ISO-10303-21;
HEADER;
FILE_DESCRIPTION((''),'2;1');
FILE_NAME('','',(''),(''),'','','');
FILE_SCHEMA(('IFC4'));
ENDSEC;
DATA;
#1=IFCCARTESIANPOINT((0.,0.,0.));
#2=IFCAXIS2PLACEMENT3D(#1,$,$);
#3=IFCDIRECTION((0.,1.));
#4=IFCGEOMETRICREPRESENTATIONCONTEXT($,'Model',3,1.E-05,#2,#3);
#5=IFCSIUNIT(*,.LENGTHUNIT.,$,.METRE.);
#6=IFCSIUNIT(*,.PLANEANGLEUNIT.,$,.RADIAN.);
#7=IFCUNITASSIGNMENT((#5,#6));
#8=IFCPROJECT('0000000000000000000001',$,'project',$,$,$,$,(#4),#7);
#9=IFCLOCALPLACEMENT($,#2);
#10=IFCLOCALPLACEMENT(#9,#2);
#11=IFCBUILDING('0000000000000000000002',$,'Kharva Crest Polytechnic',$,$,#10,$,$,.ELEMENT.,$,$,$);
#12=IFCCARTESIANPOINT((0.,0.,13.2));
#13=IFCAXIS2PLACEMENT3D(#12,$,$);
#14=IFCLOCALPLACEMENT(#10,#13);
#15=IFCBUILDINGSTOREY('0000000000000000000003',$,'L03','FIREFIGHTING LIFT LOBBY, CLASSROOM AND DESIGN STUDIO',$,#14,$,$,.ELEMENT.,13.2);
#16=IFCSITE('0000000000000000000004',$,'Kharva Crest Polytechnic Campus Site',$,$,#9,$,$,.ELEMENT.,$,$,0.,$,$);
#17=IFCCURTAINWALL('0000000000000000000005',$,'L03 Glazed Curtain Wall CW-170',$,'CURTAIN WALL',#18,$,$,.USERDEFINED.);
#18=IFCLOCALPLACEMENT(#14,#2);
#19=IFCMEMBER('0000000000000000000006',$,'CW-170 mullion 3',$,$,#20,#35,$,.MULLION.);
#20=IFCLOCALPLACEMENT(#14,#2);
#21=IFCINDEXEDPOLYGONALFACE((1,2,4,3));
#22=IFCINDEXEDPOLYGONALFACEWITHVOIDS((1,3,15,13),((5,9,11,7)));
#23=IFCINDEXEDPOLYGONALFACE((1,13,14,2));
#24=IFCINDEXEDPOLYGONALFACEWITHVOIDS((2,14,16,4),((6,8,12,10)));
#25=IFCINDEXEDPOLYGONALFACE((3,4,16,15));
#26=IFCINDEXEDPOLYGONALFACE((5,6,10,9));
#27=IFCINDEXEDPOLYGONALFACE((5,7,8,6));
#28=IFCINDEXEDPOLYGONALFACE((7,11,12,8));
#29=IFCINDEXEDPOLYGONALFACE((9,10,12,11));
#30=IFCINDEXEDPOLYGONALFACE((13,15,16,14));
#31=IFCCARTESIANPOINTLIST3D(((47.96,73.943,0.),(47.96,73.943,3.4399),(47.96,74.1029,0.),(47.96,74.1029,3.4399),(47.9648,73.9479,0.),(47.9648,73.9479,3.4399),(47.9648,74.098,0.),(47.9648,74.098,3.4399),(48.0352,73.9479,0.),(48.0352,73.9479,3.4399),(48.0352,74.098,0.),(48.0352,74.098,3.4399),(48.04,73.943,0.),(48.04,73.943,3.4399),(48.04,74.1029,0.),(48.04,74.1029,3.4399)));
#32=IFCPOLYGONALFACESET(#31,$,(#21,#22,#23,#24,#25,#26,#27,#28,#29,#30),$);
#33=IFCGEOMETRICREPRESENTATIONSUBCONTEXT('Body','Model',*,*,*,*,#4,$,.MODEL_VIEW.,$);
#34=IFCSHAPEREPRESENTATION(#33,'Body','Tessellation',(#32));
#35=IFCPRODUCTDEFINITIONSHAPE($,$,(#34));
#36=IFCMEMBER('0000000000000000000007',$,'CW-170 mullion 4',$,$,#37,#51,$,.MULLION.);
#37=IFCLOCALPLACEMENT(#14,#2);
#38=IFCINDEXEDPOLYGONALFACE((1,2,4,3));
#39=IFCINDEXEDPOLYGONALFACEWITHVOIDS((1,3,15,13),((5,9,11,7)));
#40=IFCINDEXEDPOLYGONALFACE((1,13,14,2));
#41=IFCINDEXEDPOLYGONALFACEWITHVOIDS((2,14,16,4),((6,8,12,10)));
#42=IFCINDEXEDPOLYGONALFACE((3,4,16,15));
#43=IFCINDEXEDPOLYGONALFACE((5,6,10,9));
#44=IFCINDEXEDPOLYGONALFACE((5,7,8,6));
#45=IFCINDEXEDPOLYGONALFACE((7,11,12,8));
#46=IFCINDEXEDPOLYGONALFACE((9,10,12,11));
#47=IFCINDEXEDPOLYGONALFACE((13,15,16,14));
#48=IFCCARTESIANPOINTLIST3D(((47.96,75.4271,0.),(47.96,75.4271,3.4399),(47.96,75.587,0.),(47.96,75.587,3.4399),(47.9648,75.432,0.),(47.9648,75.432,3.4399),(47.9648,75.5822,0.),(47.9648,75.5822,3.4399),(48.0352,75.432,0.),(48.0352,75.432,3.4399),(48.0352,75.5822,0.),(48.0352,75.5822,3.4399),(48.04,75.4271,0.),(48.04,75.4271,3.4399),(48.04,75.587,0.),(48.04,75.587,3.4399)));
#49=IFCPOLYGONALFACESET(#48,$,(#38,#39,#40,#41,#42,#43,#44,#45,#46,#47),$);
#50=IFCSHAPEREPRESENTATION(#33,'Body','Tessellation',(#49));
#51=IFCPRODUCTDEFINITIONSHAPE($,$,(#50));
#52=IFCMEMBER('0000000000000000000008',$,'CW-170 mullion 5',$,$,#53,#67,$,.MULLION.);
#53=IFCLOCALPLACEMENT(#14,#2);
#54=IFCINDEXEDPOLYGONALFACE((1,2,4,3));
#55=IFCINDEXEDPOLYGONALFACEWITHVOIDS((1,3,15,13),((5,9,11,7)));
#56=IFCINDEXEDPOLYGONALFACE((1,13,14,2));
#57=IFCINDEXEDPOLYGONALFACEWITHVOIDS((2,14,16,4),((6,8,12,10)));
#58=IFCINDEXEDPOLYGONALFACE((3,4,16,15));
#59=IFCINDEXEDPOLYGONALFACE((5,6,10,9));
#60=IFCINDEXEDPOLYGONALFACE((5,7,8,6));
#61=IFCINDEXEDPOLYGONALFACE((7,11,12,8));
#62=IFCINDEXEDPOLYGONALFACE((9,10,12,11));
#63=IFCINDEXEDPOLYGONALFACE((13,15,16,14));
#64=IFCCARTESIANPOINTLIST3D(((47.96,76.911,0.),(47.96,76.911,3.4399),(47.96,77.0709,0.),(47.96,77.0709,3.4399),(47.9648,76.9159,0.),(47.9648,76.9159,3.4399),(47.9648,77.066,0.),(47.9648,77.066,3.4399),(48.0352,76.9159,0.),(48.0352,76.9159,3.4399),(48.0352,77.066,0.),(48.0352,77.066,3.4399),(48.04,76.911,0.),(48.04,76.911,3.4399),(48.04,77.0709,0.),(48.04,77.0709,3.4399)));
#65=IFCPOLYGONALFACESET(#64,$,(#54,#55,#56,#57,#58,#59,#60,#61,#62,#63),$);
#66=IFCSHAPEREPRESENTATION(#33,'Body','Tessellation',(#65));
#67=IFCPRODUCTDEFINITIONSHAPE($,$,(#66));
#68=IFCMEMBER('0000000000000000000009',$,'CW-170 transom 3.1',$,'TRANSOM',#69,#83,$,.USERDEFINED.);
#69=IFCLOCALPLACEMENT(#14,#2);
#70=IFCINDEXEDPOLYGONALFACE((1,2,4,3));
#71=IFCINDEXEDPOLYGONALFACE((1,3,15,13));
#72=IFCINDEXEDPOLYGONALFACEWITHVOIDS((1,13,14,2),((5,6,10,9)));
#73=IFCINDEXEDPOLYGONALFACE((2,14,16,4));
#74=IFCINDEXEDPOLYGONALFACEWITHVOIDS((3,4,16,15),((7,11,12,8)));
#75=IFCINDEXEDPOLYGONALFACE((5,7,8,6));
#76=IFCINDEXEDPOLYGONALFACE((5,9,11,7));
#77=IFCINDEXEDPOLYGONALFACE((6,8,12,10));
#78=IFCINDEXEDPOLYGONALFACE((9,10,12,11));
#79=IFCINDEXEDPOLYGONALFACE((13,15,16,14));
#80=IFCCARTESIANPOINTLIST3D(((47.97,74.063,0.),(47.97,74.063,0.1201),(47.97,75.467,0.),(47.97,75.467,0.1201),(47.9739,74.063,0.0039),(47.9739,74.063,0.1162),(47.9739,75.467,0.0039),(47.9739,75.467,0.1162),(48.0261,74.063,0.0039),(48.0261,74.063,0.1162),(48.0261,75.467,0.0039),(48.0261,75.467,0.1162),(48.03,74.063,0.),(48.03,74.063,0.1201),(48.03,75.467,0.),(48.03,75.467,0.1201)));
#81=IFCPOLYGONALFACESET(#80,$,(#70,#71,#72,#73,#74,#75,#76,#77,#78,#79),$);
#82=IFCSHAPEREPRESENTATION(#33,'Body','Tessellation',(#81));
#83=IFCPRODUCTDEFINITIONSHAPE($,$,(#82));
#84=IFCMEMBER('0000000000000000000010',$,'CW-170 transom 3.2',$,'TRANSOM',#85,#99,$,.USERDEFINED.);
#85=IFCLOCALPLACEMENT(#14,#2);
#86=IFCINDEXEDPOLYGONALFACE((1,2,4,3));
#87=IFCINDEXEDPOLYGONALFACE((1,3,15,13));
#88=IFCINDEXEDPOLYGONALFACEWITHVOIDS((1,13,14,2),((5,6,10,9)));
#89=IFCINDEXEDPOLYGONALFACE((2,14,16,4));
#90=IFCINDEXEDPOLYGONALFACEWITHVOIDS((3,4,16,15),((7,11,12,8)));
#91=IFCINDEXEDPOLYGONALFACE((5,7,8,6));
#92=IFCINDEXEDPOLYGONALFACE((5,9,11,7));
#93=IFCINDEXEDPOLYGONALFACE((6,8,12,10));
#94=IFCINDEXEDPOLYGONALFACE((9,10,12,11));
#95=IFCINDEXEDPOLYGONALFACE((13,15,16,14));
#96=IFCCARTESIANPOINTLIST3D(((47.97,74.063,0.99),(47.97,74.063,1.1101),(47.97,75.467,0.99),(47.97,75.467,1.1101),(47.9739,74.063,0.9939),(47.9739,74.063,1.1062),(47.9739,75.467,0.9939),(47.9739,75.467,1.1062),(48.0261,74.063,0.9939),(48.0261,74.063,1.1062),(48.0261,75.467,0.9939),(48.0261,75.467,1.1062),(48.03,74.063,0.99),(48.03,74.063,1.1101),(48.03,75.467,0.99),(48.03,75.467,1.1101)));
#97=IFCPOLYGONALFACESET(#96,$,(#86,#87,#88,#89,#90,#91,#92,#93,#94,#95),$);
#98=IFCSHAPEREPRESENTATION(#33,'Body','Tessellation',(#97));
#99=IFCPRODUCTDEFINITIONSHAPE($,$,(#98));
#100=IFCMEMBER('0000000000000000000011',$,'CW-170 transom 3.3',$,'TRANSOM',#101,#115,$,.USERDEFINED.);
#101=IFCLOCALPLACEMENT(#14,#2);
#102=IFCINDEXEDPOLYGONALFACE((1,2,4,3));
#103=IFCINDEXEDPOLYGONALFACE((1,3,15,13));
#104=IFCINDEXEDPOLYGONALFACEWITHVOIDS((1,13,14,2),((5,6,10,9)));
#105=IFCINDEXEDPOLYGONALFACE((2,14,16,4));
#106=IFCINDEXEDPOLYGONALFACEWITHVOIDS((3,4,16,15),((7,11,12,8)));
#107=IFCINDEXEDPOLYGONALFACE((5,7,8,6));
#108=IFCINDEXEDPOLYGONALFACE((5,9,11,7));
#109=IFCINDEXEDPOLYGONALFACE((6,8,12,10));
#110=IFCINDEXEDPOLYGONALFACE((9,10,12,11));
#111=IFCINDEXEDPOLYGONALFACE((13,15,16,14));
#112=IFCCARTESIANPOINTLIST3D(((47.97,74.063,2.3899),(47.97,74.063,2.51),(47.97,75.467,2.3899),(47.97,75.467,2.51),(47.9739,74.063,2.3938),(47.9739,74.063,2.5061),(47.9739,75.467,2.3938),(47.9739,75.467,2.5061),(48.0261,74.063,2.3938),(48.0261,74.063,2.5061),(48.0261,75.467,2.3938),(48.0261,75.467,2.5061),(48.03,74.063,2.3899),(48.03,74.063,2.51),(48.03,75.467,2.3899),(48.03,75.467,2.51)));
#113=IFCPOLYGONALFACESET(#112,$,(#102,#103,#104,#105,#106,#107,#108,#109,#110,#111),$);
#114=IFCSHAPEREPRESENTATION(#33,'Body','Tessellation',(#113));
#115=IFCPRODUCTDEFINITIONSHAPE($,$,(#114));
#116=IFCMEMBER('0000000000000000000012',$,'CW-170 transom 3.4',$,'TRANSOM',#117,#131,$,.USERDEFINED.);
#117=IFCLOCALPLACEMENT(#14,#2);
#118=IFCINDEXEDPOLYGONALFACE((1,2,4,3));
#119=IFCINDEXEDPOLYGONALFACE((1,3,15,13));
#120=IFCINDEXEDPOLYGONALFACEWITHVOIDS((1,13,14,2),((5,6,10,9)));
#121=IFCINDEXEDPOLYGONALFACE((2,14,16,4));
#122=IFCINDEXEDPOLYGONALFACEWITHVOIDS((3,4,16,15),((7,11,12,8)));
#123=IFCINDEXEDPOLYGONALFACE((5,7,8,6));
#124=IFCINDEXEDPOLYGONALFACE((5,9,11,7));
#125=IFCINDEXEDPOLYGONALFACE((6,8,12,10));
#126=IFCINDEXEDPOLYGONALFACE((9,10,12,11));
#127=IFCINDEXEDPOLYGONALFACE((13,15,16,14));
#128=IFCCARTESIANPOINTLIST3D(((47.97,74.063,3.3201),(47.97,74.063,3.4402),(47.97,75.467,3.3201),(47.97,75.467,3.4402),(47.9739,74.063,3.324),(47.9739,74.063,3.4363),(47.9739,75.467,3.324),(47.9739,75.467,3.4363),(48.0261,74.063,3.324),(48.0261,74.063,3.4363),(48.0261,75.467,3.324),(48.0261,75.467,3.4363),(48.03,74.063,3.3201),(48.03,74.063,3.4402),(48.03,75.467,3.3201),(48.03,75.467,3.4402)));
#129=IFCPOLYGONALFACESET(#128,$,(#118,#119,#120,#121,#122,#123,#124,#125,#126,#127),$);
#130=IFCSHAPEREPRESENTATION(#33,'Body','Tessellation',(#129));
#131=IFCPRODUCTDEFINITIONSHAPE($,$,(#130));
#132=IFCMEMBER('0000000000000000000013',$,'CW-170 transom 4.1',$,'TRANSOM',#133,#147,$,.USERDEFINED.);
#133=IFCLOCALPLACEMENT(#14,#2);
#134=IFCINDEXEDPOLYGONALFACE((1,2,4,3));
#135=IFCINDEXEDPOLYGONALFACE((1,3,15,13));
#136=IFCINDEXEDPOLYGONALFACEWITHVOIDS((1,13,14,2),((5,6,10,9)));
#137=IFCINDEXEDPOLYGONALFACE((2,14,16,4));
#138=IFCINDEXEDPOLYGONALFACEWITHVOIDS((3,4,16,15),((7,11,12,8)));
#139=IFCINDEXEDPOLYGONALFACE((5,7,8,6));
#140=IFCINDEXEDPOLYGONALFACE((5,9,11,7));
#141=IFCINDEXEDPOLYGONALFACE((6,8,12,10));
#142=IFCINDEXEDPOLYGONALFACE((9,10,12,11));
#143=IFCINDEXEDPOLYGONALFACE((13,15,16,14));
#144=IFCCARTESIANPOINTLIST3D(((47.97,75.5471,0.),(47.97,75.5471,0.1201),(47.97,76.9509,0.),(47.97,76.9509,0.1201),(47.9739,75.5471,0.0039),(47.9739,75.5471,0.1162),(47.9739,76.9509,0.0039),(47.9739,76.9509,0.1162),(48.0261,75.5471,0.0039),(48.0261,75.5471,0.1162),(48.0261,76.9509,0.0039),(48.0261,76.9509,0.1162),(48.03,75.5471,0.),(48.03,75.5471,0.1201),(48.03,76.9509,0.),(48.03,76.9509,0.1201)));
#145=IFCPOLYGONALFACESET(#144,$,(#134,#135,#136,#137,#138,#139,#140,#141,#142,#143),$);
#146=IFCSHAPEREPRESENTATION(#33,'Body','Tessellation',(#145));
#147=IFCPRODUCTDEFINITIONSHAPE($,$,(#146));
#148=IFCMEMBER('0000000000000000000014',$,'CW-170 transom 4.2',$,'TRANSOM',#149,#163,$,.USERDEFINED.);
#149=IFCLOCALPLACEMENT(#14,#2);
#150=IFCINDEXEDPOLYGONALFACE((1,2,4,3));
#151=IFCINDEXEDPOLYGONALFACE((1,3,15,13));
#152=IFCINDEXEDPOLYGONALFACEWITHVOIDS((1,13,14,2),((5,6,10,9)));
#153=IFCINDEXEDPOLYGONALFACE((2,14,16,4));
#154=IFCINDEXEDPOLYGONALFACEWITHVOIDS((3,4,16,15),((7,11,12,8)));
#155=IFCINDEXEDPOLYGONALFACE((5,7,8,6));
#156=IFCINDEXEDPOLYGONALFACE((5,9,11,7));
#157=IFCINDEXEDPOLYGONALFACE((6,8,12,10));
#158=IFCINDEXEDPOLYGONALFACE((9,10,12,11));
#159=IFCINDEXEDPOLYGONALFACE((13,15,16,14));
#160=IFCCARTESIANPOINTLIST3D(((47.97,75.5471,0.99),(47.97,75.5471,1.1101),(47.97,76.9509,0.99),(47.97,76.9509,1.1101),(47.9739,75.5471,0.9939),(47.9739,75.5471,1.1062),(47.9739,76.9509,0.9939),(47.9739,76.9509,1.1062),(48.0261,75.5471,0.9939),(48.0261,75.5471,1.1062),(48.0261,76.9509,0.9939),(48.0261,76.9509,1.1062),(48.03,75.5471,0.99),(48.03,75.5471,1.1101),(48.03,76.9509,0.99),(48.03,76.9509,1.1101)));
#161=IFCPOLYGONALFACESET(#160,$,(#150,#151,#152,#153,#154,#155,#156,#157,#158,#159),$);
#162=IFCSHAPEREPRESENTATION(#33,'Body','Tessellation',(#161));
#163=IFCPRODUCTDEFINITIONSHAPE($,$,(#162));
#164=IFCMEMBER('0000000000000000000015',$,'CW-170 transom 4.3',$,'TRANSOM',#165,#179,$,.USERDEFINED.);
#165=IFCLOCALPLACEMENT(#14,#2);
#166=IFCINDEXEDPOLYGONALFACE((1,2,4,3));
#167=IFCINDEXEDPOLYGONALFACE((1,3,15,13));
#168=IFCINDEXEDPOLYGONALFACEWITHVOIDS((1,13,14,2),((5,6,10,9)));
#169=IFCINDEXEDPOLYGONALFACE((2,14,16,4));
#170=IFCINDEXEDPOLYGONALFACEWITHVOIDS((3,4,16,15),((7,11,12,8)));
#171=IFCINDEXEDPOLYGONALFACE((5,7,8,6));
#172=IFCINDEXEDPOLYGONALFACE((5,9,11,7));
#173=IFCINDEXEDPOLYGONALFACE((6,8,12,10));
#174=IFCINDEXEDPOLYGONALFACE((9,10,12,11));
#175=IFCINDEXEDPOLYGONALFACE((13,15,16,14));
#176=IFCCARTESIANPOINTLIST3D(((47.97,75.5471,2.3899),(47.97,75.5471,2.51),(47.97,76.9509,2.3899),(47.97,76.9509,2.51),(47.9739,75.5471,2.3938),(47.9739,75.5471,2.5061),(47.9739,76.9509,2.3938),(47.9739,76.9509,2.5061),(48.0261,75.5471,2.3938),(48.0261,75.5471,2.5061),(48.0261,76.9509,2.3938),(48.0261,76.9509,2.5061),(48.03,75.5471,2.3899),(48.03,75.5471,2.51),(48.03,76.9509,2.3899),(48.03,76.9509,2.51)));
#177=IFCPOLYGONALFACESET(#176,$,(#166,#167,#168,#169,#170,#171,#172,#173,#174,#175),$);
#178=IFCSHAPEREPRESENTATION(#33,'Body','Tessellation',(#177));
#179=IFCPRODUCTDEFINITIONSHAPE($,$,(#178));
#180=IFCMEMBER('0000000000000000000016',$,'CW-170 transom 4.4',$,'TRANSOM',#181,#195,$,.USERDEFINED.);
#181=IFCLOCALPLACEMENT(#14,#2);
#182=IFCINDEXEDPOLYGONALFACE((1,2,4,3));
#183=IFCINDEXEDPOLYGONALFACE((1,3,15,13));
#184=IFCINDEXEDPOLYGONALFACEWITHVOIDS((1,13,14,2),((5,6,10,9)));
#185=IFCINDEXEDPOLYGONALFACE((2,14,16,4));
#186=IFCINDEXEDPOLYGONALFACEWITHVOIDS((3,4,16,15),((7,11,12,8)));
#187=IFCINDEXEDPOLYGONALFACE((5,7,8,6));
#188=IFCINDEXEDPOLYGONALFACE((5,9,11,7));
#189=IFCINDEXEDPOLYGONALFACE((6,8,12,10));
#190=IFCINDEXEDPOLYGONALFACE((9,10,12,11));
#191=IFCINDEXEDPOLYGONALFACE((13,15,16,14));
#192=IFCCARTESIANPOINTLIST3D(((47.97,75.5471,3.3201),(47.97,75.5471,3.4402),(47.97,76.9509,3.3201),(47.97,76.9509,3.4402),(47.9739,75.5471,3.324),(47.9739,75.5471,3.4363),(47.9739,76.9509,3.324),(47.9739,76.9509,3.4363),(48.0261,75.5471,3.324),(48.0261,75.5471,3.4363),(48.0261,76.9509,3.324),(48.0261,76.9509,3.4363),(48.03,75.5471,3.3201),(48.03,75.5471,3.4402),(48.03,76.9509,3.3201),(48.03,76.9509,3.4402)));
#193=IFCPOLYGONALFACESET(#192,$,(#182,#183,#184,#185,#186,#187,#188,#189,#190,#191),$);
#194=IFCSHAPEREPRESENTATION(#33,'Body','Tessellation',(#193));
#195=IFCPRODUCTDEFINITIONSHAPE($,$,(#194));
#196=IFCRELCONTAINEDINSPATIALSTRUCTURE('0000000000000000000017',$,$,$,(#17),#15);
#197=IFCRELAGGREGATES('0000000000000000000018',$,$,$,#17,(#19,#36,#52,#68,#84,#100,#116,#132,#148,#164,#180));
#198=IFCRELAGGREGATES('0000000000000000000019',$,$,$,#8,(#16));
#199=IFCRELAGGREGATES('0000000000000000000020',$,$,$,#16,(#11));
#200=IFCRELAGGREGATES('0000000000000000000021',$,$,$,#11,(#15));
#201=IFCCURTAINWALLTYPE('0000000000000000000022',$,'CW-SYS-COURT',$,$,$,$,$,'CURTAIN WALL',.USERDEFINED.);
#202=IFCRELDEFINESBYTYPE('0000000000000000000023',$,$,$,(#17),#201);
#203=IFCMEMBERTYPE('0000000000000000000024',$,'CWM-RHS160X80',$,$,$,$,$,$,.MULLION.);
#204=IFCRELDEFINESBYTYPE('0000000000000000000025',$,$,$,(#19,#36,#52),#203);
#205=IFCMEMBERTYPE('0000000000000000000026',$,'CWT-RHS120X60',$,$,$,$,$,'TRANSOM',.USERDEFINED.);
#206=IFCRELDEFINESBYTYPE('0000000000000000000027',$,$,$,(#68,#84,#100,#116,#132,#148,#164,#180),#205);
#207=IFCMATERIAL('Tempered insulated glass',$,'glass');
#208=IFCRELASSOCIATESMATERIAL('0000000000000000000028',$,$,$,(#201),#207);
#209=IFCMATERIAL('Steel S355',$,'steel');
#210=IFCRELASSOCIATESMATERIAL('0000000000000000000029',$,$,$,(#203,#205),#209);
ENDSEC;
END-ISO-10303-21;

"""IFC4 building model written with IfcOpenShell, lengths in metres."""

from ifc_helpers import new_model, si_unit, direction, frame, origin, origin_2d, place, context, subcontext, project, spatial, hollow_rectangle, extrude, material, material_profile, profile_set, type_object, element, aggregate, save


model = new_model("IFC4")

# Units and contexts
model_context = context("Model", 3, precision=1e-05, world=origin(), true_north=direction((0.0, 1.0)))
body_context = subcontext(model_context, "Body", "Model", "MODEL_VIEW")
ifc_project = project(units=[si_unit("LENGTHUNIT", "METRE"), si_unit("PLANEANGLEUNIT", "RADIAN")], contexts=[model_context])

# Site, building, storey
site_placement = place(None, origin())
site = spatial("IfcSite", under=ifc_project, at=site_placement, Name="Kharva Crest Polytechnic Campus Site", CompositionType="ELEMENT", RefElevation=0.0)
building_placement = place(site_placement, origin())
building = spatial("IfcBuilding", under=site, at=building_placement, Name="Kharva Crest Polytechnic", CompositionType="ELEMENT")
storey_placement = place(building_placement, frame((0.0, 0.0, 13.2)))
storey = spatial("IfcBuildingStorey", under=building, at=storey_placement, Name="L03", Description="FIREFIGHTING LIFT LOBBY, CLASSROOM AND DESIGN STUDIO", CompositionType="ELEMENT", Elevation=13.2)

# Curtain wall, members
ifc_material_1 = material(Name="Tempered insulated glass", Category="glass")
curtain_wall_type = type_object("IfcCurtainWallType", Name="CW-SYS-COURT", ElementType="CURTAIN WALL", PredefinedType="USERDEFINED", material=ifc_material_1)
curtain_wall_placement = place(storey_placement, origin())
curtain_wall = element("IfcCurtainWall", 1, at=curtain_wall_placement, inside=storey, type_object=curtain_wall_type, Name="L03 Glazed Curtain Wall CW-170", ObjectType="CURTAIN WALL", PredefinedType="USERDEFINED")
ifc_material_2 = material(Name="Steel S355", Category="steel")
ifc_material_profile_1 = material_profile(ifc_material_2, hollow_rectangle(XDim=0.0801, YDim=0.1599, WallThickness=0.0049, at=origin_2d()), Name="RHS 160X80X5.0")
ifc_profile_set_1 = profile_set([ifc_material_profile_1], Name="Steel S355")
member_type_1 = type_object("IfcMemberType", Name="CWM-RHS160X80", PredefinedType="MULLION", material=ifc_profile_set_1)
member_1_placement = place(storey_placement, frame((48.0, 74.0229, 0.0), z_axis=(0.0, 0.0, 1.0), x_axis=(-1.0, 0.0, 0.0)))
member_1 = element("IfcMember", 2, at=member_1_placement, type_object=member_type_1, Name="CW-170 mullion 3", PredefinedType="MULLION", context=body_context, shape_type="SweptSolid", body=[
    extrude(hollow_rectangle(XDim=0.0801, YDim=0.1599, WallThickness=0.0049, at=origin_2d()), origin(), (0.0, 0.0, 1.0), 3.4399),
])
member_2_placement = place(storey_placement, frame((48.0, 75.5071, 0.0), z_axis=(0.0, 0.0, 1.0), x_axis=(-1.0, 0.0, 0.0)))
member_2 = element("IfcMember", 3, at=member_2_placement, type_object=member_type_1, Name="CW-170 mullion 4", PredefinedType="MULLION", context=body_context, shape_type="SweptSolid", body=[
    extrude(hollow_rectangle(XDim=0.0801, YDim=0.1599, WallThickness=0.0049, at=origin_2d()), origin(), (0.0, 0.0, 1.0), 3.4399),
])
member_3_placement = place(storey_placement, frame((48.0, 76.991, 0.0), z_axis=(0.0, 0.0, 1.0), x_axis=(-1.0, 0.0, 0.0)))
member_3 = element("IfcMember", 4, at=member_3_placement, type_object=member_type_1, Name="CW-170 mullion 5", PredefinedType="MULLION", context=body_context, shape_type="SweptSolid", body=[
    extrude(hollow_rectangle(XDim=0.0801, YDim=0.1599, WallThickness=0.0049, at=origin_2d()), origin(), (0.0, 0.0, 1.0), 3.4399),
])
ifc_material_profile_2 = material_profile(ifc_material_2, hollow_rectangle(XDim=0.0601, YDim=0.1201, WallThickness=0.0039, at=origin_2d()), Name="RHS 120X60X4.0")
ifc_profile_set_2 = profile_set([ifc_material_profile_2], Name="Steel S355")
member_type_2 = type_object("IfcMemberType", Name="CWT-RHS120X60", ElementType="TRANSOM", PredefinedType="USERDEFINED", material=ifc_profile_set_2)
member_4_placement = place(storey_placement, frame((48.0, 74.063, 0.0601), z_axis=(0.0, 1.0, 0.0), x_axis=(-1.0, 0.0, 0.0)))
member_4 = element("IfcMember", 5, at=member_4_placement, type_object=member_type_2, Name="CW-170 transom 3.1", ObjectType="TRANSOM", PredefinedType="USERDEFINED", context=body_context, shape_type="SweptSolid", body=[
    extrude(hollow_rectangle(XDim=0.0601, YDim=0.1201, WallThickness=0.0039, at=origin_2d()), origin(), (0.0, 0.0, 1.0), 1.4041),
])
member_5_placement = place(storey_placement, frame((48.0, 74.063, 1.05), z_axis=(0.0, 1.0, 0.0), x_axis=(-1.0, 0.0, 0.0)))
member_5 = element("IfcMember", 6, at=member_5_placement, type_object=member_type_2, Name="CW-170 transom 3.2", ObjectType="TRANSOM", PredefinedType="USERDEFINED", context=body_context, shape_type="SweptSolid", body=[
    extrude(hollow_rectangle(XDim=0.0601, YDim=0.1201, WallThickness=0.0039, at=origin_2d()), origin(), (0.0, 0.0, 1.0), 1.4041),
])
member_6_placement = place(storey_placement, frame((48.0, 74.063, 2.45), z_axis=(0.0, 1.0, 0.0), x_axis=(-1.0, 0.0, 0.0)))
member_6 = element("IfcMember", 7, at=member_6_placement, type_object=member_type_2, Name="CW-170 transom 3.3", ObjectType="TRANSOM", PredefinedType="USERDEFINED", context=body_context, shape_type="SweptSolid", body=[
    extrude(hollow_rectangle(XDim=0.0601, YDim=0.1201, WallThickness=0.0039, at=origin_2d()), origin(), (0.0, 0.0, 1.0), 1.4041),
])
member_7_placement = place(storey_placement, frame((48.0, 74.063, 3.3801), z_axis=(0.0, 1.0, 0.0), x_axis=(-1.0, 0.0, 0.0)))
member_7 = element("IfcMember", 8, at=member_7_placement, type_object=member_type_2, Name="CW-170 transom 3.4", ObjectType="TRANSOM", PredefinedType="USERDEFINED", context=body_context, shape_type="SweptSolid", body=[
    extrude(hollow_rectangle(XDim=0.0601, YDim=0.1201, WallThickness=0.0039, at=origin_2d()), origin(), (0.0, 0.0, 1.0), 1.4041),
])
member_8_placement = place(storey_placement, frame((48.0, 75.5471, 0.0601), z_axis=(0.0, 1.0, 0.0), x_axis=(-1.0, 0.0, 0.0)))
member_8 = element("IfcMember", 9, at=member_8_placement, type_object=member_type_2, Name="CW-170 transom 4.1", ObjectType="TRANSOM", PredefinedType="USERDEFINED", context=body_context, shape_type="SweptSolid", body=[
    extrude(hollow_rectangle(XDim=0.0601, YDim=0.1201, WallThickness=0.0039, at=origin_2d()), origin(), (0.0, 0.0, 1.0), 1.4038),
])
member_9_placement = place(storey_placement, frame((48.0, 75.5471, 1.05), z_axis=(0.0, 1.0, 0.0), x_axis=(-1.0, 0.0, 0.0)))
member_9 = element("IfcMember", 10, at=member_9_placement, type_object=member_type_2, Name="CW-170 transom 4.2", ObjectType="TRANSOM", PredefinedType="USERDEFINED", context=body_context, shape_type="SweptSolid", body=[
    extrude(hollow_rectangle(XDim=0.0601, YDim=0.1201, WallThickness=0.0039, at=origin_2d()), origin(), (0.0, 0.0, 1.0), 1.4038),
])
member_10_placement = place(storey_placement, frame((48.0, 75.5471, 2.45), z_axis=(0.0, 1.0, 0.0), x_axis=(-1.0, 0.0, 0.0)))
member_10 = element("IfcMember", 11, at=member_10_placement, type_object=member_type_2, Name="CW-170 transom 4.3", ObjectType="TRANSOM", PredefinedType="USERDEFINED", context=body_context, shape_type="SweptSolid", body=[
    extrude(hollow_rectangle(XDim=0.0601, YDim=0.1201, WallThickness=0.0039, at=origin_2d()), origin(), (0.0, 0.0, 1.0), 1.4038),
])
member_11_placement = place(storey_placement, frame((48.0, 75.5471, 3.3801), z_axis=(0.0, 1.0, 0.0), x_axis=(-1.0, 0.0, 0.0)))
member_11 = element("IfcMember", 12, at=member_11_placement, type_object=member_type_2, Name="CW-170 transom 4.4", ObjectType="TRANSOM", PredefinedType="USERDEFINED", context=body_context, shape_type="SweptSolid", body=[
    extrude(hollow_rectangle(XDim=0.0601, YDim=0.1201, WallThickness=0.0039, at=origin_2d()), origin(), (0.0, 0.0, 1.0), 1.4038),
])
aggregate(curtain_wall, [member_1, member_2, member_3, member_4, member_5, member_6, member_7, member_8, member_9, member_10, member_11])

save(model, "model.ifc")
